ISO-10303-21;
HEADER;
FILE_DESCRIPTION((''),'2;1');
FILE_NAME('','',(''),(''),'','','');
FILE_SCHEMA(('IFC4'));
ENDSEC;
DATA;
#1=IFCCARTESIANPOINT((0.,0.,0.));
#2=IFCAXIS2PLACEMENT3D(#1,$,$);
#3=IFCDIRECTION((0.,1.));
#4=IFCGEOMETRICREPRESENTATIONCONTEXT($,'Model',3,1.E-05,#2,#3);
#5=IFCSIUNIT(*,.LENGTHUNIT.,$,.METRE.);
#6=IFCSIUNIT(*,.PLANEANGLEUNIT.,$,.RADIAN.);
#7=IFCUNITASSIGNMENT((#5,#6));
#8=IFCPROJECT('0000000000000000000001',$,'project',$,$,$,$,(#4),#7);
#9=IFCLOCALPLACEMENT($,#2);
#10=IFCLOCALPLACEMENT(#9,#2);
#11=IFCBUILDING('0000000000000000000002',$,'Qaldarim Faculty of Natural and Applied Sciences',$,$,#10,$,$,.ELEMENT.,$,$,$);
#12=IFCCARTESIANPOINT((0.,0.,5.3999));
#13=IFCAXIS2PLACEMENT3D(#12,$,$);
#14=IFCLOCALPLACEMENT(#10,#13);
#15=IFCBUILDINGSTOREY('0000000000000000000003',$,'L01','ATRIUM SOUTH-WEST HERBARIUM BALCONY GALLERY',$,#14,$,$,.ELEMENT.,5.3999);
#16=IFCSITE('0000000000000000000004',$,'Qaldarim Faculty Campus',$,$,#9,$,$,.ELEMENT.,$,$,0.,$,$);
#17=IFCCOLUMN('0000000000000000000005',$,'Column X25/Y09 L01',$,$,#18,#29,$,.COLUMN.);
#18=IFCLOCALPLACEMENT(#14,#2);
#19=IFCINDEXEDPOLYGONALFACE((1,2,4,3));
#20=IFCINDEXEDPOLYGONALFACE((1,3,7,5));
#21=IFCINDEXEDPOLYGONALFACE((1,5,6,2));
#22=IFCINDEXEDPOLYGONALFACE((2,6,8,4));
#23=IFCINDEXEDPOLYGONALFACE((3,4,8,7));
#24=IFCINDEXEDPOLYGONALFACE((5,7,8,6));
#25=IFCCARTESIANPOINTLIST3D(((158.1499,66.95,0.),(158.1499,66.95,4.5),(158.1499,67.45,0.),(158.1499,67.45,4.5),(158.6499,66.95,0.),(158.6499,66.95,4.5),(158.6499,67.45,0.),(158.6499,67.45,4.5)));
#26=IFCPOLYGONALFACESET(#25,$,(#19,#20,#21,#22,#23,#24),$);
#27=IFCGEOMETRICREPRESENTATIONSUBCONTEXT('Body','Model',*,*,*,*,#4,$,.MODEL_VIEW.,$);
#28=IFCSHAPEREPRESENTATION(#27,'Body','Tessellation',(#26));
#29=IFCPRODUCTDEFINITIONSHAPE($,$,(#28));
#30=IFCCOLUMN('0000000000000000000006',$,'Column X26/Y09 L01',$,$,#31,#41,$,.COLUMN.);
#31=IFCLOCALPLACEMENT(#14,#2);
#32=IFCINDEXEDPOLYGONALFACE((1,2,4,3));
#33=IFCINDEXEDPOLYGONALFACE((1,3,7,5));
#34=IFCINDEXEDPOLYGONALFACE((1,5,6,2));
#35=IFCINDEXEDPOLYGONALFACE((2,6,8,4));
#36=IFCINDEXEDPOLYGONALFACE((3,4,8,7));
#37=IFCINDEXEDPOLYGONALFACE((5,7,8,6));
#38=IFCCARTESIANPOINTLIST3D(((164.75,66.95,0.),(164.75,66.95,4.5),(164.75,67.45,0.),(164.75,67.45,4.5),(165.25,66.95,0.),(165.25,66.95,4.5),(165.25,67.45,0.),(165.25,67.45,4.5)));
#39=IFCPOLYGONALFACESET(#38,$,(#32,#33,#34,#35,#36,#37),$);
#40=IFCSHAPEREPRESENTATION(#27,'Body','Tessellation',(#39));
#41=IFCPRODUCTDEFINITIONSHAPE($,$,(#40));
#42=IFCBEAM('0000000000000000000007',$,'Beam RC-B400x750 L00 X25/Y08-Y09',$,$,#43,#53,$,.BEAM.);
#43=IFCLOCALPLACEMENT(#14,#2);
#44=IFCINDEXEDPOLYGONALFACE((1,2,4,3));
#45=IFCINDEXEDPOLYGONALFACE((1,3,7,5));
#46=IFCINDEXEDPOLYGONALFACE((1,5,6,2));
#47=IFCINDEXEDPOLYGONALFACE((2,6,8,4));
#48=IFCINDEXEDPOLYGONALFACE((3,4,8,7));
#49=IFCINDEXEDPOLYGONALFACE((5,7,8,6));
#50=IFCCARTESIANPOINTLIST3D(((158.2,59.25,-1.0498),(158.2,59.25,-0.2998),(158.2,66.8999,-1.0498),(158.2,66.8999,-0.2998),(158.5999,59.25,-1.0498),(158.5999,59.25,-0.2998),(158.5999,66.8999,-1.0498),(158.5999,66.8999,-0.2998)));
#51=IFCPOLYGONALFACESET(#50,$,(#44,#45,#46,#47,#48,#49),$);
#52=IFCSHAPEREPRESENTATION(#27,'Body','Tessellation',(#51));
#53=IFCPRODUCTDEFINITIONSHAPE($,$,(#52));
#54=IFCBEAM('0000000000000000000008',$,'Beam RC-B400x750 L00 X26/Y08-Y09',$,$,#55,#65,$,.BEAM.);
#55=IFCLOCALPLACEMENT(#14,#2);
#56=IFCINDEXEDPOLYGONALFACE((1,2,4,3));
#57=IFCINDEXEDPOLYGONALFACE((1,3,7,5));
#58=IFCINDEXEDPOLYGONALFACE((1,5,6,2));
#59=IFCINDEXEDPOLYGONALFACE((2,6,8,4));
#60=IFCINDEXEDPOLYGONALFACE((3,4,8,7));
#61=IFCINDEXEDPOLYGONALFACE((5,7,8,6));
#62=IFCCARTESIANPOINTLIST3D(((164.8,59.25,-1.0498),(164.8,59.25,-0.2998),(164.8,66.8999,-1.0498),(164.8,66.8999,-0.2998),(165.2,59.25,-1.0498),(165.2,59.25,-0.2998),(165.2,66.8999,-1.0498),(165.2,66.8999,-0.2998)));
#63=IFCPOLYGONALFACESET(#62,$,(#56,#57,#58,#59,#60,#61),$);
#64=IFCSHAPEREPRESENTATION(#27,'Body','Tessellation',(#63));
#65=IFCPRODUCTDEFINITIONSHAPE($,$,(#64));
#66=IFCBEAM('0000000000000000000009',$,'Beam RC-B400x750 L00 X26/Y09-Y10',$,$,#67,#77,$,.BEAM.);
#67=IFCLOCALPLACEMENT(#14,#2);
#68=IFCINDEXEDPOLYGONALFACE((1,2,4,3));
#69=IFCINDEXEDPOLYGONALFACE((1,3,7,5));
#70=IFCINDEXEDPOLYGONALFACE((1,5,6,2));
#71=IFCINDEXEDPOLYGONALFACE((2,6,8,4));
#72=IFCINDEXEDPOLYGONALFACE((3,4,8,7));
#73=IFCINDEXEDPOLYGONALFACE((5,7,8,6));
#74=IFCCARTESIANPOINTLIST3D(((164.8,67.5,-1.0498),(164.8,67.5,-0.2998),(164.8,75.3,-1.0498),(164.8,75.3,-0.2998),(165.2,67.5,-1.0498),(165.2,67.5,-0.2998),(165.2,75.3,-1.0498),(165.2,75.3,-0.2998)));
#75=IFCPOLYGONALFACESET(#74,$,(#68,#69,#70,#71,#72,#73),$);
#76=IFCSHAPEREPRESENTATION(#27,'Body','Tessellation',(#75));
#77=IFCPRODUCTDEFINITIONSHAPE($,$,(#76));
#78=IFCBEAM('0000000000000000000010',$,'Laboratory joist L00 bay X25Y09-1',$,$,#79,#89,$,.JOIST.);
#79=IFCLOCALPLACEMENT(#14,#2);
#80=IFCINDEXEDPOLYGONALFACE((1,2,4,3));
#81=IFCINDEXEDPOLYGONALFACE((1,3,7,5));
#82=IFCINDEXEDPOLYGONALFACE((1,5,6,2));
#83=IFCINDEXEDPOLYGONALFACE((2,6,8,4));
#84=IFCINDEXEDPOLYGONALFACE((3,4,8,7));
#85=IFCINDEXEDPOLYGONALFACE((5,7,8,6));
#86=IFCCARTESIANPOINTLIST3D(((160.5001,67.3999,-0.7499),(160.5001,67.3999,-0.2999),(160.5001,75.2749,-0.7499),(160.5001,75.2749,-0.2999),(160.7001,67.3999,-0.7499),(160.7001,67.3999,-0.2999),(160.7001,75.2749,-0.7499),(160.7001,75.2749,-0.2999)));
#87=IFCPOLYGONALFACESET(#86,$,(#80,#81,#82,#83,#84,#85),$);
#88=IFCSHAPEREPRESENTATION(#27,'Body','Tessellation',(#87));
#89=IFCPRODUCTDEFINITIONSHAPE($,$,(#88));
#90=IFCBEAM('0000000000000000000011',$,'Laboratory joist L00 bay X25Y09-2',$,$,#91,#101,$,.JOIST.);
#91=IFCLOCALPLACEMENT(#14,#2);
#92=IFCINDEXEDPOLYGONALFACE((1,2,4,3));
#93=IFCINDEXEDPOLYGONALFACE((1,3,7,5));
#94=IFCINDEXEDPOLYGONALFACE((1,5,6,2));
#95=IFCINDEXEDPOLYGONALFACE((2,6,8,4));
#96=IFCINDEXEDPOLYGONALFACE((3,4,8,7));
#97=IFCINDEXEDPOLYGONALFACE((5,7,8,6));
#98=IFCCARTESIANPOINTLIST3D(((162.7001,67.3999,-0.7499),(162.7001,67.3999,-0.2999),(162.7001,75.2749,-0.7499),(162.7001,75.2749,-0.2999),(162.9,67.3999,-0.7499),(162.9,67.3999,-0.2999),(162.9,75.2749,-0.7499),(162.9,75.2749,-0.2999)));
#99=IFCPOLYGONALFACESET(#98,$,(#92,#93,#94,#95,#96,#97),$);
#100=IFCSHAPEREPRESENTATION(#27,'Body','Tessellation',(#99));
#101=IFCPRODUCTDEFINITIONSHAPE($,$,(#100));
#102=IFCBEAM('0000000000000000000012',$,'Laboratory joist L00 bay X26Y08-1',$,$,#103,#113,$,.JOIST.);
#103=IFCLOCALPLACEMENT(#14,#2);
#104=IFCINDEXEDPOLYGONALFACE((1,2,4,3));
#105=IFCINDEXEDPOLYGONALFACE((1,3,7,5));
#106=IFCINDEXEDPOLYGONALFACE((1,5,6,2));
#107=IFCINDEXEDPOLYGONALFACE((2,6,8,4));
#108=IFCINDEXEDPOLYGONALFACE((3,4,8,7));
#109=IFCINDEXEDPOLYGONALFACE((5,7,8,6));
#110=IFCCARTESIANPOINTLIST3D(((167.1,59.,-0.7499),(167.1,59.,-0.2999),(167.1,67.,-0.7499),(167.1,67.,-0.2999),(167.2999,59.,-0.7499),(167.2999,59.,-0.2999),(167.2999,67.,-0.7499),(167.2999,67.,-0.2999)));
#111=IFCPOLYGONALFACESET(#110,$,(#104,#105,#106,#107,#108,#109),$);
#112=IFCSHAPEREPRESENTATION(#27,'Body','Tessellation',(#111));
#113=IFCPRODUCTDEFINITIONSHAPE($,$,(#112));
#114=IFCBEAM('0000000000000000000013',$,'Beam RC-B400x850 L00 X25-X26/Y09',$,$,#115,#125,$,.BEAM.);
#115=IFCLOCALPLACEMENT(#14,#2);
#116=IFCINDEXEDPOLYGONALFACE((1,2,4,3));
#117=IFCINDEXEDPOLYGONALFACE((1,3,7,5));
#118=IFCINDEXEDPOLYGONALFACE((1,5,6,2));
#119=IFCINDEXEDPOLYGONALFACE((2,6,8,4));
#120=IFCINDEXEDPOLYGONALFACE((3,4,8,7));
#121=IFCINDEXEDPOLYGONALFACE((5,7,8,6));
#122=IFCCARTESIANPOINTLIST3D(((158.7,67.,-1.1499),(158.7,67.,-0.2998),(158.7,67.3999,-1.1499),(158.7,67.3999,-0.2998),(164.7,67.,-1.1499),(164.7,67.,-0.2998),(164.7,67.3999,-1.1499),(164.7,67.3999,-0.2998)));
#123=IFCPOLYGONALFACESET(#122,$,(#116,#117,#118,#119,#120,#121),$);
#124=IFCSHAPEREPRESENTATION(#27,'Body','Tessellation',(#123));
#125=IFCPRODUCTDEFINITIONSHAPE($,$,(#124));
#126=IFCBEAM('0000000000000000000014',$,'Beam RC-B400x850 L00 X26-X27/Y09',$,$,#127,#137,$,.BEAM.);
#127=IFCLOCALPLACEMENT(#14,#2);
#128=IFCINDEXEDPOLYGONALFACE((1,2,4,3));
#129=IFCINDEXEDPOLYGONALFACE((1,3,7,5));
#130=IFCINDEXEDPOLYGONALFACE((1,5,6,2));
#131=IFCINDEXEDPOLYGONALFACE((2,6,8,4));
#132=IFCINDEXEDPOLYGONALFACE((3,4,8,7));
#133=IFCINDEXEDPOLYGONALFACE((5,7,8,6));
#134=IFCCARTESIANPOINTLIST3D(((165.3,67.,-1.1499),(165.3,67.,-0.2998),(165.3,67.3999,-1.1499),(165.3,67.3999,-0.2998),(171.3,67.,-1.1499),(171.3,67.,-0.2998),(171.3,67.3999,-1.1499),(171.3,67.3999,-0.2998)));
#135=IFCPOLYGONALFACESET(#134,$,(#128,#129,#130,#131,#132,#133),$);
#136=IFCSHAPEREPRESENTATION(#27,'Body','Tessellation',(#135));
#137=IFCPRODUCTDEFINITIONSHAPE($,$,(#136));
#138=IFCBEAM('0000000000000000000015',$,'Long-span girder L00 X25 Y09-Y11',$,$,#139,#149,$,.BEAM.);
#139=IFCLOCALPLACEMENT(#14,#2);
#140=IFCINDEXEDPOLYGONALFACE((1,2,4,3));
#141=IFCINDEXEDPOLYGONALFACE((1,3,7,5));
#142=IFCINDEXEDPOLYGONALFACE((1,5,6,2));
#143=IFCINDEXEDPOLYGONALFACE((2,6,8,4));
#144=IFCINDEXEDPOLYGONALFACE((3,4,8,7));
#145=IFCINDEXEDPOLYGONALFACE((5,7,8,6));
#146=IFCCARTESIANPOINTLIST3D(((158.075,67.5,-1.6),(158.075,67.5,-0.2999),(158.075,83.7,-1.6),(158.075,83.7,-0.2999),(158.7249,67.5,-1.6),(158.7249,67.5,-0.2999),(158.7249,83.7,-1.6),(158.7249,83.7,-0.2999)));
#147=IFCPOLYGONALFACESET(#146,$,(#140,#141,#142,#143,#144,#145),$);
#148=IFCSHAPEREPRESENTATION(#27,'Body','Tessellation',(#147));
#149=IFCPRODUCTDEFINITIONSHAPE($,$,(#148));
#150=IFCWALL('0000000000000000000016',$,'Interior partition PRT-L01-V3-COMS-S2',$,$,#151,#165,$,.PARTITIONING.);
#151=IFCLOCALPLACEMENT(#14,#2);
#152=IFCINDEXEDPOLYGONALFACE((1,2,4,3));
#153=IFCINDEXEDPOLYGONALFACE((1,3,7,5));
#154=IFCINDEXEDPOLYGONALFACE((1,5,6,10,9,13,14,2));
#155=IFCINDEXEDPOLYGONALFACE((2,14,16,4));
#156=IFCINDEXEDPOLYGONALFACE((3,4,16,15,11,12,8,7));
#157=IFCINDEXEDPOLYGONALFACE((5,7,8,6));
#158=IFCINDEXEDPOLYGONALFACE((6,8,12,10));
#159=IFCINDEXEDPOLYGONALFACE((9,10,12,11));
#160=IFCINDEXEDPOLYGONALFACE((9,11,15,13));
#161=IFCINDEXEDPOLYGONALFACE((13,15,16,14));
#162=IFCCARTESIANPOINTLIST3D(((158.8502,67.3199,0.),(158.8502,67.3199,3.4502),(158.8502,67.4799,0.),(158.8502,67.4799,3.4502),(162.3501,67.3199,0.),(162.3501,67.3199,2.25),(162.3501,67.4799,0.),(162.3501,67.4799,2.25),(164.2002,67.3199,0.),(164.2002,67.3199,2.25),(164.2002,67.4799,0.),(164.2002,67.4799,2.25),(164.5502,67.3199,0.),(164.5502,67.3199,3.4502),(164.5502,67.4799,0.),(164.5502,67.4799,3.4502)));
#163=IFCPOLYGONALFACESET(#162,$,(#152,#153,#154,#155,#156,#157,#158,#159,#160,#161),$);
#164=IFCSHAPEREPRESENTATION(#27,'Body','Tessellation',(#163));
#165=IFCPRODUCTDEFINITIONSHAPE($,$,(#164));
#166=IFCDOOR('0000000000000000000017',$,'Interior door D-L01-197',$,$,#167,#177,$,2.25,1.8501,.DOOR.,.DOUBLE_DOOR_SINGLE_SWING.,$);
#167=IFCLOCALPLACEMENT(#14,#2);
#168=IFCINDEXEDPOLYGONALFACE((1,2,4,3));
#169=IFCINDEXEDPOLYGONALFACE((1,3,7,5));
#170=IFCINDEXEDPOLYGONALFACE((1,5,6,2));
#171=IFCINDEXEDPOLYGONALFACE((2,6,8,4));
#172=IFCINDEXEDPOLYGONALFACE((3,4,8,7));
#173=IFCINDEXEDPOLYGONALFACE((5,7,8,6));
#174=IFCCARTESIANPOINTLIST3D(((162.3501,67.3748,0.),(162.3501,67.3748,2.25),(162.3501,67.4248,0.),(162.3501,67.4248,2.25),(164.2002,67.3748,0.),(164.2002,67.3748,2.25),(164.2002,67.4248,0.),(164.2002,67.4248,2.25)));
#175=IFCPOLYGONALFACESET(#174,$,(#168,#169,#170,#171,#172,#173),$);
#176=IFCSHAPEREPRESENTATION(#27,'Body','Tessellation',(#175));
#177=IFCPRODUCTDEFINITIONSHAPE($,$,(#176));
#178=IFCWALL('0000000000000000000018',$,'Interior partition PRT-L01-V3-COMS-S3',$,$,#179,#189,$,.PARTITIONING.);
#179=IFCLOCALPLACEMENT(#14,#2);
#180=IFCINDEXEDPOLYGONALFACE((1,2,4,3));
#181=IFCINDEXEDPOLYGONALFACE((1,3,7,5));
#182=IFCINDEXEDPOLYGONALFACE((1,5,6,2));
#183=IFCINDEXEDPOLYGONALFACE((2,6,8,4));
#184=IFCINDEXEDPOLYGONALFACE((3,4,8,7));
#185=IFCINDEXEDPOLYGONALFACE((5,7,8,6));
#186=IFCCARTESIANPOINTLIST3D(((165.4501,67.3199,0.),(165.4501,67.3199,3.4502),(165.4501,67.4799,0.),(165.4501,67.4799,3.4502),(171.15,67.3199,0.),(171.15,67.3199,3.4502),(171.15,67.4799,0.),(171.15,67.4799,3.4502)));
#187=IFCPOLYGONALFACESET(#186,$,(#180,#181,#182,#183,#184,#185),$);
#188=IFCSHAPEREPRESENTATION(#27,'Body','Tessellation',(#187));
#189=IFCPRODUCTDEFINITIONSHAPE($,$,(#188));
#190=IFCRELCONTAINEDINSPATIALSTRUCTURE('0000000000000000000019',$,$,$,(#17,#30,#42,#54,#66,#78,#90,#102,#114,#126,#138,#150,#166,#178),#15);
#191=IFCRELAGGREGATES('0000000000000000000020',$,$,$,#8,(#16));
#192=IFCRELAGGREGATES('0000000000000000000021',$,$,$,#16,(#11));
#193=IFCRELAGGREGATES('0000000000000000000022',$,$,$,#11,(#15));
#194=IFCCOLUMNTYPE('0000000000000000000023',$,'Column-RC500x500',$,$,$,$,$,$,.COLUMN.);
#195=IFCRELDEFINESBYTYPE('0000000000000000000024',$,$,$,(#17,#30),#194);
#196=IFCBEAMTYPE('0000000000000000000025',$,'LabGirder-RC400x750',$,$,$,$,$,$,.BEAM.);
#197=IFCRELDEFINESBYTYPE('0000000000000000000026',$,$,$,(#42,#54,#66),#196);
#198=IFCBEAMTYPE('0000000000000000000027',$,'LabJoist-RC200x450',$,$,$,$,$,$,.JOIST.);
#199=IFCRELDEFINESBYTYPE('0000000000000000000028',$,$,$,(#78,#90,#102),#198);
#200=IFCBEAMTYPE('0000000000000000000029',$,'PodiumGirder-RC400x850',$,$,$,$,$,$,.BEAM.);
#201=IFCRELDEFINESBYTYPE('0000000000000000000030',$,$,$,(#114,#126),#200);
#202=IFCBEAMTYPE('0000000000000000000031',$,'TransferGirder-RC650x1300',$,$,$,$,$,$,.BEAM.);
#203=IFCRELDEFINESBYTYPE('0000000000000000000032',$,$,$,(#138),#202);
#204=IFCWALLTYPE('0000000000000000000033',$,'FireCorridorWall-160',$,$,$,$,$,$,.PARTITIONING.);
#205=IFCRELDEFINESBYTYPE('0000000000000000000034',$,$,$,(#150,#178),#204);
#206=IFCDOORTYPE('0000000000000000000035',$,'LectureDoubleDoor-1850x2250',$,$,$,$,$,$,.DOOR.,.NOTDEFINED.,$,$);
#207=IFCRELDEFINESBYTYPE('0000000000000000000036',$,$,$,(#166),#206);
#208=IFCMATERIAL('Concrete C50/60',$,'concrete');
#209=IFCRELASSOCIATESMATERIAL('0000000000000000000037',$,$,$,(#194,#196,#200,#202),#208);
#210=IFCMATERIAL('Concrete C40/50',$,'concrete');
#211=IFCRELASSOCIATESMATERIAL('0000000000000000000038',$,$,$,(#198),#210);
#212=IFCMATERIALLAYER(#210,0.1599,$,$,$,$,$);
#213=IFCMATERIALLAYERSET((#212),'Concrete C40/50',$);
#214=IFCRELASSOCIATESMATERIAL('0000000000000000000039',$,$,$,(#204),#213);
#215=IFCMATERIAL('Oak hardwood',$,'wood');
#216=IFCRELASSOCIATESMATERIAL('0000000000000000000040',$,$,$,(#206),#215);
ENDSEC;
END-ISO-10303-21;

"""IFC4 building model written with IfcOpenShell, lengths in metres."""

from ifc_helpers import new_model, si_unit, direction, frame, frame_2d, origin, origin_2d, place, context, subcontext, project, spatial, rectangle, extrude, material, layer, layer_set, material_profile, profile_set, type_object, element, fill, save


model = new_model("IFC4")

# Units and contexts
model_context = context("Model", 3, precision=1e-05, world=origin(), true_north=direction((0.0, 1.0)))
body_context = subcontext(model_context, "Body", "Model", "MODEL_VIEW")
ifc_project = project(units=[si_unit("LENGTHUNIT", "METRE"), si_unit("PLANEANGLEUNIT", "RADIAN")], contexts=[model_context])

# Site, building, storey
site_placement = place(None, origin())
site = spatial("IfcSite", under=ifc_project, at=site_placement, Name="Qaldarim Faculty Campus", CompositionType="ELEMENT", RefElevation=0.0)
building_placement = place(site_placement, origin())
building = spatial("IfcBuilding", under=site, at=building_placement, Name="Qaldarim Faculty of Natural and Applied Sciences", CompositionType="ELEMENT")
storey_placement = place(building_placement, frame((0.0, 0.0, 5.3999)))
storey = spatial("IfcBuildingStorey", under=building, at=storey_placement, Name="L01", Description="ATRIUM SOUTH-WEST HERBARIUM BALCONY GALLERY", CompositionType="ELEMENT", Elevation=5.3999)

# Columns
ifc_material_1 = material(Name="Concrete C50/60", Category="concrete")
ifc_material_profile_1 = material_profile(ifc_material_1, rectangle(XDim=0.5, YDim=0.5, at=origin_2d()), Name="RC-C500x500")
ifc_profile_set_1 = profile_set([ifc_material_profile_1], Name="Concrete C50/60")
column_type = type_object("IfcColumnType", Name="Column-RC500x500", PredefinedType="COLUMN", material=ifc_profile_set_1)
for number, where, z_axis, x_axis, name in (
    (1, (158.3999, 67.2, 0.0), (0.0, 0.0, 1.0), (1.0, 0.0, 0.0), "Column X25/Y09 L01"),
    (2, (165.0, 67.2, 0.0), (0.0, 0.0, 1.0), (1.0, 0.0, 0.0), "Column X26/Y09 L01"),
):
    element("IfcColumn", number, at=place(storey_placement, frame(where, z_axis=z_axis, x_axis=x_axis)), inside=storey, type_object=column_type, Name=name, PredefinedType="COLUMN", context=body_context, shape_type="SweptSolid", body=[
        extrude(rectangle(XDim=0.5, YDim=0.5, at=origin_2d()), origin(), (0.0, 0.0, 1.0), 4.5),
    ])

# Beams
ifc_material_profile_2 = material_profile(ifc_material_1, rectangle(XDim=0.3999, YDim=0.75, at=origin_2d()), Name="RC-B400x750")
ifc_profile_set_2 = profile_set([ifc_material_profile_2], Name="Concrete C50/60")
beam_type_1 = type_object("IfcBeamType", Name="LabGirder-RC400x750", PredefinedType="BEAM", material=ifc_profile_set_2)
for number, where, z_axis, x_axis, name in (
    (3, (158.3999, 59.25, -0.6748), (0.0, 1.0, 0.0), (-1.0, 0.0, 0.0), "Beam RC-B400x750 L00 X25/Y08-Y09"),
    (4, (165.0, 59.25, -0.6748), (0.0, 1.0, 0.0), (-1.0, 0.0, 0.0), "Beam RC-B400x750 L00 X26/Y08-Y09"),
):
    element("IfcBeam", number, at=place(storey_placement, frame(where, z_axis=z_axis, x_axis=x_axis)), inside=storey, type_object=beam_type_1, Name=name, PredefinedType="BEAM", context=body_context, shape_type="SweptSolid", body=[
        extrude(rectangle(XDim=0.3999, YDim=0.75, at=origin_2d()), origin(), (0.0, 0.0, 1.0), 7.6499),
    ])
beam_1_placement = place(storey_placement, frame((165.0, 67.5, -0.6748), z_axis=(0.0, 1.0, 0.0), x_axis=(-1.0, 0.0, 0.0)))
element("IfcBeam", 5, at=beam_1_placement, inside=storey, type_object=beam_type_1, Name="Beam RC-B400x750 L00 X26/Y09-Y10", PredefinedType="BEAM", context=body_context, shape_type="SweptSolid", body=[
    extrude(rectangle(XDim=0.3999, YDim=0.75, at=origin_2d()), origin(), (0.0, 0.0, 1.0), 7.8),
])
ifc_material_2 = material(Name="Concrete C40/50", Category="concrete")
ifc_material_profile_3 = material_profile(ifc_material_2, rectangle(XDim=0.2, YDim=0.45, at=origin_2d()), Name="RC-J200x450")
ifc_profile_set_3 = profile_set([ifc_material_profile_3], Name="Concrete C40/50")
beam_type_2 = type_object("IfcBeamType", Name="LabJoist-RC200x450", PredefinedType="JOIST", material=ifc_profile_set_3)
for number, where, z_axis, x_axis, name in (
    (6, (160.6001, 67.3999, -0.5249), (0.0, 1.0, 0.0), (-1.0, 0.0, 0.0), "Laboratory joist L00 bay X25Y09-1"),
    (7, (162.8, 67.3999, -0.5249), (0.0, 1.0, 0.0), (-1.0, 0.0, 0.0), "Laboratory joist L00 bay X25Y09-2"),
):
    element("IfcBeam", number, at=place(storey_placement, frame(where, z_axis=z_axis, x_axis=x_axis)), inside=storey, type_object=beam_type_2, Name=name, PredefinedType="JOIST", context=body_context, shape_type="SweptSolid", body=[
        extrude(rectangle(XDim=0.2, YDim=0.45, at=origin_2d()), origin(), (0.0, 0.0, 1.0), 7.875),
    ])
beam_2_placement = place(storey_placement, frame((167.2, 59.0, -0.5249), z_axis=(0.0, 1.0, 0.0), x_axis=(-1.0, 0.0, 0.0)))
element("IfcBeam", 8, at=beam_2_placement, inside=storey, type_object=beam_type_2, Name="Laboratory joist L00 bay X26Y08-1", PredefinedType="JOIST", context=body_context, shape_type="SweptSolid", body=[
    extrude(rectangle(XDim=0.2, YDim=0.45, at=origin_2d()), origin(), (0.0, 0.0, 1.0), 8.0),
])
ifc_material_profile_4 = material_profile(ifc_material_1, rectangle(XDim=0.3999, YDim=0.8501, at=origin_2d()), Name="RC-B400x850")
ifc_profile_set_4 = profile_set([ifc_material_profile_4], Name="Concrete C50/60")
beam_type_3 = type_object("IfcBeamType", Name="PodiumGirder-RC400x850", PredefinedType="BEAM", material=ifc_profile_set_4)
for number, where, z_axis, x_axis, name in (
    (9, (158.7, 67.2, -0.7249), (1.0, 0.0, 0.0), (0.0, 1.0, 0.0), "Beam RC-B400x850 L00 X25-X26/Y09"),
    (10, (165.3, 67.2, -0.7249), (1.0, 0.0, 0.0), (0.0, 1.0, 0.0), "Beam RC-B400x850 L00 X26-X27/Y09"),
):
    element("IfcBeam", number, at=place(storey_placement, frame(where, z_axis=z_axis, x_axis=x_axis)), inside=storey, type_object=beam_type_3, Name=name, PredefinedType="BEAM", context=body_context, shape_type="SweptSolid", body=[
        extrude(rectangle(XDim=0.3999, YDim=0.8501, at=origin_2d()), origin(), (0.0, 0.0, 1.0), 6.0),
    ])
ifc_material_profile_5 = material_profile(ifc_material_1, rectangle(XDim=0.6499, YDim=1.3, at=origin_2d()), Name="RC-TG650x1300")
ifc_profile_set_5 = profile_set([ifc_material_profile_5], Name="Concrete C50/60")
beam_type_4 = type_object("IfcBeamType", Name="TransferGirder-RC650x1300", PredefinedType="BEAM", material=ifc_profile_set_5)
beam_3_placement = place(storey_placement, frame((158.3999, 67.5, -0.95), z_axis=(0.0, 1.0, 0.0), x_axis=(-1.0, 0.0, 0.0)))
element("IfcBeam", 11, at=beam_3_placement, inside=storey, type_object=beam_type_4, Name="Long-span girder L00 X25 Y09-Y11", PredefinedType="BEAM", context=body_context, shape_type="SweptSolid", body=[
    extrude(rectangle(XDim=0.6499, YDim=1.3, at=origin_2d()), origin(), (0.0, 0.0, 1.0), 16.2),
])

# Wall, opening, door
ifc_layer_1 = layer(ifc_material_2, 0.1599)
ifc_layer_set_1 = layer_set([ifc_layer_1], Name="Concrete C40/50")
wall_type_1 = type_object("IfcWallType", Name="FireCorridorWall-160", PredefinedType="PARTITIONING", material=ifc_layer_set_1)
wall_1_placement = place(storey_placement, frame((158.8501, 67.3999, 0.0), z_axis=(0.0, 0.0, 1.0), x_axis=(1.0, 0.0, 0.0)))
wall_1 = element("IfcWall", 12, at=wall_1_placement, inside=storey, type_object=wall_type_1, Name="Interior partition PRT-L01-V3-COMS-S2", PredefinedType="PARTITIONING", context=body_context, shape_type="SweptSolid", body=[
    extrude(rectangle(XDim=5.7, YDim=0.1599, at=frame_2d((2.8501, 0.0))), origin(), (0.0, 0.0, 1.0), 3.4502),
])
opening_1_placement = place(wall_1_placement, frame((3.5, 0.0, 0.0)))
opening_1 = element("IfcOpeningElement", 13, at=opening_1_placement, cuts=wall_1, PredefinedType="OPENING", context=body_context, shape_type="SweptSolid", body=[
    extrude(rectangle(XDim=1.8501, YDim=2.25, at=frame_2d((0.925, 1.125))), frame((0.0, 0.0898, 0.0), z_axis=(0.0, -1.0, 0.0), x_axis=(1.0, 0.0, 0.0)), (0.0, 0.0, 1.0), 0.1799),
])
ifc_material_3 = material(Name="Oak hardwood", Category="wood")
door_type_1 = type_object("IfcDoorType", Name="LectureDoubleDoor-1850x2250", OperationType="NOTDEFINED", PredefinedType="DOOR", material=ifc_material_3)
door_1_placement = place(opening_1_placement, origin())
door_1 = element("IfcDoor", 14, at=door_1_placement, inside=storey, type_object=door_type_1, Name="Interior door D-L01-197", OperationType="DOUBLE_DOOR_SINGLE_SWING", OverallHeight=2.25, OverallWidth=1.8501, PredefinedType="DOOR", context=body_context, shape_type="SweptSolid", body=[
    extrude(rectangle(XDim=1.8501, YDim=2.25, at=frame_2d((0.925, 1.125))), frame((0.0, 0.0249, 0.0), z_axis=(0.0, -1.0, 0.0), x_axis=(1.0, 0.0, 0.0)), (0.0, 0.0, 1.0), 0.05),
])
fill(opening_1, door_1)

# Wall
wall_2_placement = place(storey_placement, frame((165.45, 67.3999, 0.0), z_axis=(0.0, 0.0, 1.0), x_axis=(1.0, 0.0, 0.0)))
element("IfcWall", 15, at=wall_2_placement, inside=storey, type_object=wall_type_1, Name="Interior partition PRT-L01-V3-COMS-S3", PredefinedType="PARTITIONING", context=body_context, shape_type="SweptSolid", body=[
    extrude(rectangle(XDim=5.7, YDim=0.1599, at=frame_2d((2.8501, 0.0))), origin(), (0.0, 0.0, 1.0), 3.4502),
])

save(model, "model.ifc")
